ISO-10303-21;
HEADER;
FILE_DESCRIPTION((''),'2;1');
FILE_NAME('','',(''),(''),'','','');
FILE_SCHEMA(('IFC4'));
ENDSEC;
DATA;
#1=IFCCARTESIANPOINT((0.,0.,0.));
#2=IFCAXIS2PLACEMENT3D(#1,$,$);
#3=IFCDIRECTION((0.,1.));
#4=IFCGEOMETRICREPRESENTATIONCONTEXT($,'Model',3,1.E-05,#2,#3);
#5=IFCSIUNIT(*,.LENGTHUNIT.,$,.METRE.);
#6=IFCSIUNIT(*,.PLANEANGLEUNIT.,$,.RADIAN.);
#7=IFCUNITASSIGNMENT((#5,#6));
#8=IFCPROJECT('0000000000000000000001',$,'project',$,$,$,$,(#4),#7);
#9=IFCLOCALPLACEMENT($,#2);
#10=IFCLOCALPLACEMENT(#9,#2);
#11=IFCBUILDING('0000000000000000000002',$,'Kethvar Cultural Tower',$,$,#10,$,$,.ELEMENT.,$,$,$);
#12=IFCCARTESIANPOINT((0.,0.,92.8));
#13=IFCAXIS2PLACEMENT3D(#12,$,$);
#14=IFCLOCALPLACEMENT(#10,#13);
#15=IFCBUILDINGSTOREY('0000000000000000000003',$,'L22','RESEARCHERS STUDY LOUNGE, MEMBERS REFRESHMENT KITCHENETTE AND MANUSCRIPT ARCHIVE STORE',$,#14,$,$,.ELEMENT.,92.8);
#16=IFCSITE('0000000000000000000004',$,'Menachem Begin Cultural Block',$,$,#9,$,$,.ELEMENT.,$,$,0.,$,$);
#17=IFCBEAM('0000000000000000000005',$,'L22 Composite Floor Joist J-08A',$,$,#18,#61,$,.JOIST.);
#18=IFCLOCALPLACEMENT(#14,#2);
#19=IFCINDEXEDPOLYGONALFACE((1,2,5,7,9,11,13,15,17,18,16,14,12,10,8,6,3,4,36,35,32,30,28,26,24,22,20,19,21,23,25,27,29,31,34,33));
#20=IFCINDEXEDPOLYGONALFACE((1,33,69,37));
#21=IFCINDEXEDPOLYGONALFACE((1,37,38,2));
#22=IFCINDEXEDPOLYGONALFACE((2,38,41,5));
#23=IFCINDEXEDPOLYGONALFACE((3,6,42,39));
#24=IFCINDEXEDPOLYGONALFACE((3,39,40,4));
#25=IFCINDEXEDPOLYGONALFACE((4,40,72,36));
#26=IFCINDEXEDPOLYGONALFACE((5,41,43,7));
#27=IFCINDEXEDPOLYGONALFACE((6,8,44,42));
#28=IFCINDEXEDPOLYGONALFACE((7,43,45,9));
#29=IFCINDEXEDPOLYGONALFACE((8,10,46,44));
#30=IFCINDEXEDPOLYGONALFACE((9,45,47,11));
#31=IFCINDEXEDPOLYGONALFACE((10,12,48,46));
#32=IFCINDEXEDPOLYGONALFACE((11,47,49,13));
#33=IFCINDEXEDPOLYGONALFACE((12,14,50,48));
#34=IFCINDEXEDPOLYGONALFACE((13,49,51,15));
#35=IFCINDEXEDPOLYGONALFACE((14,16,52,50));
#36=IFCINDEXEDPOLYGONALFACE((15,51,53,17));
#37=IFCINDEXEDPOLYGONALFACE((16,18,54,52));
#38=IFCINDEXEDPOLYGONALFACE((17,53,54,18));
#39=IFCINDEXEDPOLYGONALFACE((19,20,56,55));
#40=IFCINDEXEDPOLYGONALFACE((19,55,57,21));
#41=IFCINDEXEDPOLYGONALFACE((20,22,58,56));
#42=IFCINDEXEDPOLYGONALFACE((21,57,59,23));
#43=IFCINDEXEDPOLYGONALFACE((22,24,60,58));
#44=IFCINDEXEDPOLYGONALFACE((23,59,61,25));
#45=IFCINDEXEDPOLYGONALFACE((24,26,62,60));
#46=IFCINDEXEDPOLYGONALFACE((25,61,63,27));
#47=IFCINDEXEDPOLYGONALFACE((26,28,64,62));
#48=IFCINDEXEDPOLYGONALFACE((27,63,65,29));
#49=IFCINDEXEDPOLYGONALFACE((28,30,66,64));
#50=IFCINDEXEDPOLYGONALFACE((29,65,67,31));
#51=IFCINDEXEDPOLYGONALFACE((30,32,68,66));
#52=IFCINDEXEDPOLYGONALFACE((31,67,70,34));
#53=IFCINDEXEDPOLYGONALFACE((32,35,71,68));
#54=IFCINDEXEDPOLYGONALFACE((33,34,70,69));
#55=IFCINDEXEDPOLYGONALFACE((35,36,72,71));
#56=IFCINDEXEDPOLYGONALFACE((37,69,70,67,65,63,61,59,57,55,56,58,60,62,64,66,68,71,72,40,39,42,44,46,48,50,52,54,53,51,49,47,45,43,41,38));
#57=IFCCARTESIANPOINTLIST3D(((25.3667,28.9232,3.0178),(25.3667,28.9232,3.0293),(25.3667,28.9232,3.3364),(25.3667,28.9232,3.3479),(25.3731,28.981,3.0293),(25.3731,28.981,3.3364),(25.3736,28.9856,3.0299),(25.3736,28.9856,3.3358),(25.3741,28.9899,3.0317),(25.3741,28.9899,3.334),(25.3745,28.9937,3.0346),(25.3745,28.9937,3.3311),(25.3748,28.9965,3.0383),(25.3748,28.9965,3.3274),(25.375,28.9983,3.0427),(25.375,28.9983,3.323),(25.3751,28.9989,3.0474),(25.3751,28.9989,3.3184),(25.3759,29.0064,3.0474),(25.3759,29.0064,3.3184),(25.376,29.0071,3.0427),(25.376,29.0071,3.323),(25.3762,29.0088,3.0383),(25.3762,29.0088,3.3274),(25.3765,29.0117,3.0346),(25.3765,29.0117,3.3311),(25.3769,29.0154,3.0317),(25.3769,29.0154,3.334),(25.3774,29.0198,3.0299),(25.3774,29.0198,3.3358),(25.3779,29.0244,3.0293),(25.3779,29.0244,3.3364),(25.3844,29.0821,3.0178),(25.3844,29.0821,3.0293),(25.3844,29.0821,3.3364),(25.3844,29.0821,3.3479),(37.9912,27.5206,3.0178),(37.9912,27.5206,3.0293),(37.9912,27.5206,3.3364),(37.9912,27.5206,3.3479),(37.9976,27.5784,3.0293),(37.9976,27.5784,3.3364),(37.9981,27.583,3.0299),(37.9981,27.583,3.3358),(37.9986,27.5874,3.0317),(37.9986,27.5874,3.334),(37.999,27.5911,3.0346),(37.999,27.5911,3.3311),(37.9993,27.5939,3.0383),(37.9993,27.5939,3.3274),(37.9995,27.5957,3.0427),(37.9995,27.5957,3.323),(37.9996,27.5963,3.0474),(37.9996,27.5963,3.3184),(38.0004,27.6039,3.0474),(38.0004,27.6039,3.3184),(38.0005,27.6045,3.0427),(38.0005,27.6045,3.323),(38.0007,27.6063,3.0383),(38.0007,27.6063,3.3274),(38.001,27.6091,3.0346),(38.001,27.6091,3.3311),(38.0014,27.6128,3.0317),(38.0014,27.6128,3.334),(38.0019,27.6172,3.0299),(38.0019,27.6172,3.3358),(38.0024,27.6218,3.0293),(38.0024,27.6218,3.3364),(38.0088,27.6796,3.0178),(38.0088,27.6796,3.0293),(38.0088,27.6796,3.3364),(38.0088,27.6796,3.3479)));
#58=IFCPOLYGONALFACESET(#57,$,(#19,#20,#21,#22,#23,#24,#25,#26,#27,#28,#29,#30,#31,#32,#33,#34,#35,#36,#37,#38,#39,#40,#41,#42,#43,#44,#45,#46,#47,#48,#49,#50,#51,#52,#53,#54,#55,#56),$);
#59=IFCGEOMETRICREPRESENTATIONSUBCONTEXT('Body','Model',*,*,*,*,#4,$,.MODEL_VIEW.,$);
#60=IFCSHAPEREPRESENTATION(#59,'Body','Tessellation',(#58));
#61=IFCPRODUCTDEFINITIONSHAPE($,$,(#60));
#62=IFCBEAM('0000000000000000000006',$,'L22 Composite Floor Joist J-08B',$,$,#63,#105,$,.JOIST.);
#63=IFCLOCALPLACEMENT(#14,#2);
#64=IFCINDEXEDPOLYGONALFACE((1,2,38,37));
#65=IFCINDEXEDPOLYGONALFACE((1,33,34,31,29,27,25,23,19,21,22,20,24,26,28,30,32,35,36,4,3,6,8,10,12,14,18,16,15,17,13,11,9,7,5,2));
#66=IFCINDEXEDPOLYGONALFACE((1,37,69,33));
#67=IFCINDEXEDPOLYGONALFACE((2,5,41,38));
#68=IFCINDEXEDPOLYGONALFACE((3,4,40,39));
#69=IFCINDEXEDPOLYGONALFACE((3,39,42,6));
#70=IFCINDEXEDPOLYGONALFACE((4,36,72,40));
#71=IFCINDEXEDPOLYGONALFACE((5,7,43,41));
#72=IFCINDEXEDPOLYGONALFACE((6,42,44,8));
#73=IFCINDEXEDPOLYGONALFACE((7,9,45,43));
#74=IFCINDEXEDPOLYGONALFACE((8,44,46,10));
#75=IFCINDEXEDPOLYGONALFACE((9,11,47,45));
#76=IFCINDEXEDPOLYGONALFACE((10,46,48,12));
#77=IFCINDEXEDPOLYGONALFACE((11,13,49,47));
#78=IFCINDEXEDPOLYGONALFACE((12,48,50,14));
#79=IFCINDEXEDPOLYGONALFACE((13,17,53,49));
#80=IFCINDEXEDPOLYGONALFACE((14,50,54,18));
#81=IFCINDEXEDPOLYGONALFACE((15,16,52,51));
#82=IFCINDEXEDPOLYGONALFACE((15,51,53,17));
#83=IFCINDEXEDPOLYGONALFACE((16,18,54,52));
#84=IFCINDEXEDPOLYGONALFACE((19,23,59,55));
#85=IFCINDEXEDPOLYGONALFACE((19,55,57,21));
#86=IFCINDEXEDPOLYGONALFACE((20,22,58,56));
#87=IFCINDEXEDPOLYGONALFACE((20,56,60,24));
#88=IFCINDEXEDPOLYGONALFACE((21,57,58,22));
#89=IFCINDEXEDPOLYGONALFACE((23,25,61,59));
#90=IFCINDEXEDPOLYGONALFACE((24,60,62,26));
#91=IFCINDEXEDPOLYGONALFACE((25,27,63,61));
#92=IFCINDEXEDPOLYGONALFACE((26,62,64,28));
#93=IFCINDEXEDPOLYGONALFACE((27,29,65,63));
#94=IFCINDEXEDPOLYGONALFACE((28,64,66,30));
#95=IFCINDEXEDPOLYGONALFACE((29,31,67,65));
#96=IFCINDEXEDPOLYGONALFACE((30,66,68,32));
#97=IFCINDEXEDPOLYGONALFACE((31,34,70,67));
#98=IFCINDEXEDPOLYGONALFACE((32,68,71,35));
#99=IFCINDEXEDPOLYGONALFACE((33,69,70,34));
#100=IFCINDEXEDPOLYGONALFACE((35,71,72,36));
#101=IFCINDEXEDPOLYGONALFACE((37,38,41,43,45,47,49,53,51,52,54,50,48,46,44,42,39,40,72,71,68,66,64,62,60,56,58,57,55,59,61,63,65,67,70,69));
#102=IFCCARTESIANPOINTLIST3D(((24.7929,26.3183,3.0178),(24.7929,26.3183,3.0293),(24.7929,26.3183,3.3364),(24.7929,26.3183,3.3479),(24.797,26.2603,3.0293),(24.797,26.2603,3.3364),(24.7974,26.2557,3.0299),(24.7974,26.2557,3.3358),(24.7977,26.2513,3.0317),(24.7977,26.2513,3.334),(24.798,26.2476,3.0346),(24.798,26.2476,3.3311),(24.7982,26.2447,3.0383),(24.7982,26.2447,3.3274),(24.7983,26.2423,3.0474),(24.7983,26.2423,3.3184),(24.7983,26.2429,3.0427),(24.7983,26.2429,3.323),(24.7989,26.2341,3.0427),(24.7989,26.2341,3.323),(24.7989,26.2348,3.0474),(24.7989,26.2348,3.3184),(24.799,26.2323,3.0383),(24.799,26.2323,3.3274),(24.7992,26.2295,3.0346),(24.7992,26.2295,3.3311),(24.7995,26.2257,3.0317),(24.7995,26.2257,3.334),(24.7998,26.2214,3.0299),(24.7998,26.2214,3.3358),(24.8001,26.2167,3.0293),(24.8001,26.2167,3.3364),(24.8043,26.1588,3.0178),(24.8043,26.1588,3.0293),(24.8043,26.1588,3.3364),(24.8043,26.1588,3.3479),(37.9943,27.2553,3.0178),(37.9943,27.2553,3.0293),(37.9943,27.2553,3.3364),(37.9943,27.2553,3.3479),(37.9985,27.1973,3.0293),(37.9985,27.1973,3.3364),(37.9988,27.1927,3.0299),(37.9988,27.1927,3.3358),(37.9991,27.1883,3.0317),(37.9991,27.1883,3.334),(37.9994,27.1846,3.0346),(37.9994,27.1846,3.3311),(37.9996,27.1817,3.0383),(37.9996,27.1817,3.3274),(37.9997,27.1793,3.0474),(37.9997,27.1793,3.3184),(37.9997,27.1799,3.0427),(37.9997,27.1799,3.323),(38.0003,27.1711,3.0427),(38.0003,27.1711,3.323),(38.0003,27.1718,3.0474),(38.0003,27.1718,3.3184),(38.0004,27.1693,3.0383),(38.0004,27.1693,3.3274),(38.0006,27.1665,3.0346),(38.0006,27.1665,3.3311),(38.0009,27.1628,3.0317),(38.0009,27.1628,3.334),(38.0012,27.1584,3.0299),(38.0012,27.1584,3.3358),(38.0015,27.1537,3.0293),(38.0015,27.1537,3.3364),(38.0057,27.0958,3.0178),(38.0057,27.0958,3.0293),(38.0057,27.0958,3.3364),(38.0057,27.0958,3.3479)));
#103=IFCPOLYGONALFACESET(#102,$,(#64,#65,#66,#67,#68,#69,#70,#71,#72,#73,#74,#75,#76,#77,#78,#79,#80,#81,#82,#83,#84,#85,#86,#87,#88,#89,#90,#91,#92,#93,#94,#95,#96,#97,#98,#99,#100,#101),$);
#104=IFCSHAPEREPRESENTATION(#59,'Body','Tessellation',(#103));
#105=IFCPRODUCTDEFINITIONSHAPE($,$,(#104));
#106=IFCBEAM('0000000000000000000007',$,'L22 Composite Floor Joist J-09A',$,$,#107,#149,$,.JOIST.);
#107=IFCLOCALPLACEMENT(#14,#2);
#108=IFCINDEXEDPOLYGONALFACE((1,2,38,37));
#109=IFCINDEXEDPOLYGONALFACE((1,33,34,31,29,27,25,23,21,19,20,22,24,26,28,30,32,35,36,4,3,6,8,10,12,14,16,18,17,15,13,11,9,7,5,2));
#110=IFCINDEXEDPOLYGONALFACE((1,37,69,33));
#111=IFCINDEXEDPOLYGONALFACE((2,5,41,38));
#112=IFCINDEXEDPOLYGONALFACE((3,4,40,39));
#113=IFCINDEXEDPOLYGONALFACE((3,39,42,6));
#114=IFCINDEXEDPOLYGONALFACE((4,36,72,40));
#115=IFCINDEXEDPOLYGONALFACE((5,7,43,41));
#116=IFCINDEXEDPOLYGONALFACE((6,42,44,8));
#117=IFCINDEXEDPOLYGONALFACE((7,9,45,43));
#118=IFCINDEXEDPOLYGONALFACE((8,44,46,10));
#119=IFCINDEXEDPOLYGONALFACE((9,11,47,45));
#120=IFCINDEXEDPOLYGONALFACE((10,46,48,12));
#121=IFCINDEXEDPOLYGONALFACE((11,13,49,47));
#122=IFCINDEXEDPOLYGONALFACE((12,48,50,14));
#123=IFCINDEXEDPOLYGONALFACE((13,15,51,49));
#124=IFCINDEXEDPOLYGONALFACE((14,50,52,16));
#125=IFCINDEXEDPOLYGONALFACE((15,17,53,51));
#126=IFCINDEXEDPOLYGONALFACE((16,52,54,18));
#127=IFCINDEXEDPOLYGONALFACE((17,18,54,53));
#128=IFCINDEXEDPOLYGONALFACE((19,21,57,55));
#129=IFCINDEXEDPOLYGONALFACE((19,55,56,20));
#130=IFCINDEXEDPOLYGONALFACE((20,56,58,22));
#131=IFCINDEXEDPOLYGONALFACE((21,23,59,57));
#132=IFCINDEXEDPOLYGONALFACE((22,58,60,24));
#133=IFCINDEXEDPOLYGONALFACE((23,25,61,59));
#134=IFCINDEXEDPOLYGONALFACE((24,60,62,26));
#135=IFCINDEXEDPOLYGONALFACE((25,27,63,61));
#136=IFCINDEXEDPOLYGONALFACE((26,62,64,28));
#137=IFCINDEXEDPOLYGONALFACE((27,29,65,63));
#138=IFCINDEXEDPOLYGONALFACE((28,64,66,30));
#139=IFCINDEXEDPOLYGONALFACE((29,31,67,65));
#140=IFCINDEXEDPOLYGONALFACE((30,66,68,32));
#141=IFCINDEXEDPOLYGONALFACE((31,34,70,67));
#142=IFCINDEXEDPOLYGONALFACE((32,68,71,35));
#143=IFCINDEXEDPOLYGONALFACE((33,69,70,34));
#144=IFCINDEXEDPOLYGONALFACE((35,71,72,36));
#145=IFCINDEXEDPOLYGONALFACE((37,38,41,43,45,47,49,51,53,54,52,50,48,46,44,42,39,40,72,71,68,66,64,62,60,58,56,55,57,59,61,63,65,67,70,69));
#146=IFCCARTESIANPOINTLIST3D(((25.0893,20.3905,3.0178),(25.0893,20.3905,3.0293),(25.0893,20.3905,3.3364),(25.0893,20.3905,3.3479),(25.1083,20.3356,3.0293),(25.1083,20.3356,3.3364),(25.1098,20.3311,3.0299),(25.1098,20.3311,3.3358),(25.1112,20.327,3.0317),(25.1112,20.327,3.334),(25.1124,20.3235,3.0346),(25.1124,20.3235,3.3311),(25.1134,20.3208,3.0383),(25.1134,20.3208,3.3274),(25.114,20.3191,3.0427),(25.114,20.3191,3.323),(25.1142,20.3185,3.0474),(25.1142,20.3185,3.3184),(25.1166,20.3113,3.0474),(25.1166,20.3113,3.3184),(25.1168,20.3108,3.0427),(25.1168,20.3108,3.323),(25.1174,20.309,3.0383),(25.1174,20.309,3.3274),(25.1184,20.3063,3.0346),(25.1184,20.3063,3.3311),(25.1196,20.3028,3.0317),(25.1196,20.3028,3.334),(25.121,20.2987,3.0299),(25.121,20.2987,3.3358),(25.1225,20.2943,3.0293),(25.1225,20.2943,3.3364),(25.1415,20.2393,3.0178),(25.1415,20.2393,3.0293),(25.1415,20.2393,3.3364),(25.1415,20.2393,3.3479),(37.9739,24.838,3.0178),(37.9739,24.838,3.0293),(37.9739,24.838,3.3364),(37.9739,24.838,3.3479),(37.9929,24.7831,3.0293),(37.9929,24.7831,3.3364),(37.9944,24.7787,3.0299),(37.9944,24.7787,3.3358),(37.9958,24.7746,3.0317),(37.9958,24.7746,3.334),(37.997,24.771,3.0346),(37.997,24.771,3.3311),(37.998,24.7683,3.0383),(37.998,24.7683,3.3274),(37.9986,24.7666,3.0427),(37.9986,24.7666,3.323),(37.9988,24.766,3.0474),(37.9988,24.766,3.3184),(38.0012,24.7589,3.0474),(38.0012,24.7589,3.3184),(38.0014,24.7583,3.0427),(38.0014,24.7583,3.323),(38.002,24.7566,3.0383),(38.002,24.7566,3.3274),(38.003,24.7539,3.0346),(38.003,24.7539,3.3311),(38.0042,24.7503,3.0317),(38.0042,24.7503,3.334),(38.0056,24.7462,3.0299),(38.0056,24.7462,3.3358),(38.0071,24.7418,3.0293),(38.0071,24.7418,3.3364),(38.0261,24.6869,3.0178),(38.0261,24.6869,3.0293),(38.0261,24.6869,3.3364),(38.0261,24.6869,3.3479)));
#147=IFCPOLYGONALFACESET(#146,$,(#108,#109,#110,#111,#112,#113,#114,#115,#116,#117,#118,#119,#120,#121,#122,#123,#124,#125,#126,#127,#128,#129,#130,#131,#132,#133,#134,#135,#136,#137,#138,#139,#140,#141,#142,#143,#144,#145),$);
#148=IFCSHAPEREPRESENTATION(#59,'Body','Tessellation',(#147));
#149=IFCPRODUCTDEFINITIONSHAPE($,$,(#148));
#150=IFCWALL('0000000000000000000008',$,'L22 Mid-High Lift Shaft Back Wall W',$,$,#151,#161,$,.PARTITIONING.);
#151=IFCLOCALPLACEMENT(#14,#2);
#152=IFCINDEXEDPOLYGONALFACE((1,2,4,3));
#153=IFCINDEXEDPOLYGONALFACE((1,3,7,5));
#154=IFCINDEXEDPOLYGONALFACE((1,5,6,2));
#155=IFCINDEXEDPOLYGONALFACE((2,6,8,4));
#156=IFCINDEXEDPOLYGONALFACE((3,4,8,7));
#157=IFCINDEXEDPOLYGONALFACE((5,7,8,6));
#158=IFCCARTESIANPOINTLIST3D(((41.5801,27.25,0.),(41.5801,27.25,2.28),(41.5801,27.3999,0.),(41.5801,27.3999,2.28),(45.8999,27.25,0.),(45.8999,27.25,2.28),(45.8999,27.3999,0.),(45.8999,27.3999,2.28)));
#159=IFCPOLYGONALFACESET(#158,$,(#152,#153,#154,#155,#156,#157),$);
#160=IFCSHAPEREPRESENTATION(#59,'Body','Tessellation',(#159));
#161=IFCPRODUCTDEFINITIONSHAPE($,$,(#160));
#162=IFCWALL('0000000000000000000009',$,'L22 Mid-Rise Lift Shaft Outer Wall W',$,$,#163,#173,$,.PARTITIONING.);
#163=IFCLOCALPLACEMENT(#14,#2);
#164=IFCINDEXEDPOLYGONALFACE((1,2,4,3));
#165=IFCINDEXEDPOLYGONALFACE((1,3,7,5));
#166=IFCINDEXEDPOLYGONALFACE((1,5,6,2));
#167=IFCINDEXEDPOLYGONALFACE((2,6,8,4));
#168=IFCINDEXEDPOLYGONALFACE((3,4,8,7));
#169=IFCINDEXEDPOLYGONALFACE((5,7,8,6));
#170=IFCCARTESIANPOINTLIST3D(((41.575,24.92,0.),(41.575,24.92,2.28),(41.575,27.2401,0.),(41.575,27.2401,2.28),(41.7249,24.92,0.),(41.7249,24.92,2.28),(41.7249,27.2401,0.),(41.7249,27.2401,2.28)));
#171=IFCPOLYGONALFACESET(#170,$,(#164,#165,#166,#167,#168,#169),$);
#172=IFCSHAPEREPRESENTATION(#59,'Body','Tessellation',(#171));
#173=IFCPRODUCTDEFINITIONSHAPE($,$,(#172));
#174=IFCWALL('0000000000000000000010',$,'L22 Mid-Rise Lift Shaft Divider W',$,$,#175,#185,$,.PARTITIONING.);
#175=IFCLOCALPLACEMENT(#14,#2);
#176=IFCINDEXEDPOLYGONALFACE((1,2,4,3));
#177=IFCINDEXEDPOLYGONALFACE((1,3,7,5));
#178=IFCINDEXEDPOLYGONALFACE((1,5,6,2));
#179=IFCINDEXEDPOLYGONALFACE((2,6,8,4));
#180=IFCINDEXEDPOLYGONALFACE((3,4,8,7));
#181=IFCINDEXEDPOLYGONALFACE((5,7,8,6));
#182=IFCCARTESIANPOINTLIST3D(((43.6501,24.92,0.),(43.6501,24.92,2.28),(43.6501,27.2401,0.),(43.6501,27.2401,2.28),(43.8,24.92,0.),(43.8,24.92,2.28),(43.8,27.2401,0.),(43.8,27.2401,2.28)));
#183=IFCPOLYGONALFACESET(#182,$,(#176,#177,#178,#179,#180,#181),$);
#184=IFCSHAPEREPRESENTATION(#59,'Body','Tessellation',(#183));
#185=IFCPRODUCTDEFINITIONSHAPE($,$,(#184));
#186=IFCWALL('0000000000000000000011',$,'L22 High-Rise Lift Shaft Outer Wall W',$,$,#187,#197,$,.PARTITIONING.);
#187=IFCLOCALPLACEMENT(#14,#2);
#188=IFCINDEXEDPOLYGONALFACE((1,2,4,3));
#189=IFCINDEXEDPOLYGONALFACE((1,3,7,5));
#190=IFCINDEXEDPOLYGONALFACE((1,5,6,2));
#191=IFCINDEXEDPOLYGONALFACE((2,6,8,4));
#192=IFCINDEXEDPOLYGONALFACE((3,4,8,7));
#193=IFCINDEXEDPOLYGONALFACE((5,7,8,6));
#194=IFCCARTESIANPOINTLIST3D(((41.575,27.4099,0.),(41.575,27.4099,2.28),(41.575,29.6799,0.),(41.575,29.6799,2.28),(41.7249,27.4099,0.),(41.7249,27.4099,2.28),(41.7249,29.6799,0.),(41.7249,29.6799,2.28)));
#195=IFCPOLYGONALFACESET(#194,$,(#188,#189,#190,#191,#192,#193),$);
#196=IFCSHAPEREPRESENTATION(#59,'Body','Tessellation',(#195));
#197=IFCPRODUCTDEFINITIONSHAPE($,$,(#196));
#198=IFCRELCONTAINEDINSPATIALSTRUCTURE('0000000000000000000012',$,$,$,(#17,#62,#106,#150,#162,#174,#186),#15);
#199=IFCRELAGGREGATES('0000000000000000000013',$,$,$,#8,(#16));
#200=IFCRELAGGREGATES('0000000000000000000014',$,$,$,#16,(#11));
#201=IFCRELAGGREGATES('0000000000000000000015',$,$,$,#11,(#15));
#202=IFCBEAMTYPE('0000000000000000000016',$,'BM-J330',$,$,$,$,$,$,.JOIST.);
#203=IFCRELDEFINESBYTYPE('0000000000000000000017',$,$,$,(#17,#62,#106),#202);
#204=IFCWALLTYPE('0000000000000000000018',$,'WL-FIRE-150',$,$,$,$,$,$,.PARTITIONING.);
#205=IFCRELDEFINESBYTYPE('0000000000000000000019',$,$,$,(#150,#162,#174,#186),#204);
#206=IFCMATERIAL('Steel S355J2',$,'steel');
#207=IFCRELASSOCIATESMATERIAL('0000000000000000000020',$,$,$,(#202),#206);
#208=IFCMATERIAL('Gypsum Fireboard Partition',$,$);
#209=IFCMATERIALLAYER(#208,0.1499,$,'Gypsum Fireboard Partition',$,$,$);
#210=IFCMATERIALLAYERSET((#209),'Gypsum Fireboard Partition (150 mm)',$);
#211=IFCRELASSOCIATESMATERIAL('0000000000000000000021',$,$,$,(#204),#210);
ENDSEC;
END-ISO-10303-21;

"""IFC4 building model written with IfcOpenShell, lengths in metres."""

from ifc_helpers import new_model, si_unit, direction, frame, frame_2d, origin, origin_2d, place, context, subcontext, project, spatial, rectangle, i_section, extrude, source, transform, mapped, material, layer, layer_set, material_profile, profile_set, type_object, element, save


model = new_model("IFC4")

# Units and contexts
model_context = context("Model", 3, precision=1e-05, world=origin(), true_north=direction((0.0, 1.0)))
body_context = subcontext(model_context, "Body", "Model", "MODEL_VIEW")
ifc_project = project(units=[si_unit("LENGTHUNIT", "METRE"), si_unit("PLANEANGLEUNIT", "RADIAN")], contexts=[model_context])

# Site, building, storey
site_placement = place(None, origin())
site = spatial("IfcSite", under=ifc_project, at=site_placement, Name="Menachem Begin Cultural Block", CompositionType="ELEMENT", RefElevation=0.0)
building_placement = place(site_placement, origin())
building = spatial("IfcBuilding", under=site, at=building_placement, Name="Kethvar Cultural Tower", CompositionType="ELEMENT")
storey_placement = place(building_placement, frame((0.0, 0.0, 92.8)))
storey = spatial("IfcBuildingStorey", under=building, at=storey_placement, Name="L22", Description="RESEARCHERS STUDY LOUNGE, MEMBERS REFRESHMENT KITCHENETTE AND MANUSCRIPT ARCHIVE STORE", CompositionType="ELEMENT", Elevation=92.8)

# Beams
ifc_material_1 = material(Name="Steel S355J2", Category="steel")
ifc_material_profile_1 = material_profile(ifc_material_1, i_section(OverallWidth=0.1599, OverallDepth=0.3301, WebThickness=0.0076, FlangeThickness=0.0115, FilletRadius=0.0181, at=origin_2d()), Name="Steel S355J2 — IPE330")
ifc_profile_set_1 = profile_set([ifc_material_profile_1], Name="Steel S355J2 — IPE330")
beam_type_1 = type_object("IfcBeamType", Name="BM-J330", PredefinedType="JOIST", material=ifc_profile_set_1)
shared_shape_1 = source(origin(), body_context, "Body", "SweptSolid", [
    extrude(i_section(OverallWidth=0.1599, OverallDepth=0.3301, WebThickness=0.0076, FlangeThickness=0.0115, FilletRadius=0.0181, at=origin_2d()), origin(), (0.0, 0.0, 1.0), 12.7021),
])
beam_1_placement = place(storey_placement, frame((38.0, 27.6001, 3.1829), z_axis=(-0.993885, 0.110421, 0.0), x_axis=(-0.110421, -0.993885, 0.0)))
element("IfcBeam", 1, at=beam_1_placement, inside=storey, type_object=beam_type_1, Name="L22 Composite Floor Joist J-08A", PredefinedType="JOIST", context=body_context, shape_type="MappedRepresentation", body=[
    mapped(shared_shape_1, transform((0.0, 0.0, 0.0), scale=1.0)),
])
shared_shape_2 = source(origin(), body_context, "Body", "SweptSolid", [
    extrude(i_section(OverallWidth=0.1599, OverallDepth=0.3301, WebThickness=0.0076, FlangeThickness=0.0115, FilletRadius=0.0181, at=origin_2d()), origin(), (0.0, 0.0, 1.0), 13.2346),
])
beam_2_placement = place(storey_placement, frame((38.0, 27.1755, 3.1829), z_axis=(-0.997491, -0.0708, 0.0), x_axis=(0.0708, -0.997491, 0.0)))
element("IfcBeam", 2, at=beam_2_placement, inside=storey, type_object=beam_type_1, Name="L22 Composite Floor Joist J-08B", PredefinedType="JOIST", context=body_context, shape_type="MappedRepresentation", body=[
    mapped(shared_shape_2, transform((0.0, 0.0, 0.0), scale=1.0)),
])
shared_shape_3 = source(origin(), body_context, "Body", "SweptSolid", [
    extrude(i_section(OverallWidth=0.1599, OverallDepth=0.3301, WebThickness=0.0076, FlangeThickness=0.0115, FilletRadius=0.0181, at=origin_2d()), origin(), (0.0, 0.0, 1.0), 13.6306),
])
beam_3_placement = place(storey_placement, frame((38.0, 24.7625, 3.1829), z_axis=(-0.94527, -0.32629, 0.0), x_axis=(0.32629, -0.94527, 0.0)))
element("IfcBeam", 3, at=beam_3_placement, inside=storey, type_object=beam_type_1, Name="L22 Composite Floor Joist J-09A", PredefinedType="JOIST", context=body_context, shape_type="MappedRepresentation", body=[
    mapped(shared_shape_3, transform((0.0, 0.0, 0.0), scale=1.0)),
])

# Walls
ifc_material_2 = material(Name="Gypsum Fireboard Partition")
ifc_layer_1 = layer(ifc_material_2, 0.1499, Name="Gypsum Fireboard Partition")
ifc_layer_set_1 = layer_set([ifc_layer_1], Name="Gypsum Fireboard Partition (150 mm)")
wall_type_1 = type_object("IfcWallType", Name="WL-FIRE-150", PredefinedType="PARTITIONING", material=ifc_layer_set_1)
wall_1_placement = place(storey_placement, frame((41.5801, 27.325, 0.0), z_axis=(0.0, 0.0, 1.0), x_axis=(1.0, 0.0, 0.0)))
element("IfcWall", 4, at=wall_1_placement, inside=storey, type_object=wall_type_1, Name="L22 Mid-High Lift Shaft Back Wall W", PredefinedType="PARTITIONING", context=body_context, shape_type="SweptSolid", body=[
    extrude(rectangle(XDim=4.3198, YDim=0.1499, at=frame_2d((2.1599, 0.0))), origin(), (0.0, 0.0, 1.0), 2.28),
])
for number, where, z_axis, x_axis, name in (
    (5, (41.6499, 24.9199, 0.0), (0.0, 0.0, 1.0), (0.0, 1.0, 0.0), "L22 Mid-Rise Lift Shaft Outer Wall W"),
    (6, (43.7251, 24.9199, 0.0), (0.0, 0.0, 1.0), (0.0, 1.0, 0.0), "L22 Mid-Rise Lift Shaft Divider W"),
):
    element("IfcWall", number, at=place(storey_placement, frame(where, z_axis=z_axis, x_axis=x_axis)), inside=storey, type_object=wall_type_1, Name=name, PredefinedType="PARTITIONING", context=body_context, shape_type="SweptSolid", body=[
        extrude(rectangle(XDim=2.3201, YDim=0.1499, at=frame_2d((1.1602, 0.0))), origin(), (0.0, 0.0, 1.0), 2.28),
    ])
for number, where, z_axis, x_axis, name in (
    (7, (41.6499, 27.4099, 0.0), (0.0, 0.0, 1.0), (0.0, 1.0, 0.0), "L22 High-Rise Lift Shaft Outer Wall W"),
):
    element("IfcWall", number, at=place(storey_placement, frame(where, z_axis=z_axis, x_axis=x_axis)), inside=storey, type_object=wall_type_1, Name=name, PredefinedType="PARTITIONING", context=body_context, shape_type="SweptSolid", body=[
        extrude(rectangle(XDim=2.27, YDim=0.1499, at=frame_2d((1.135, 0.0))), origin(), (0.0, 0.0, 1.0), 2.28),
    ])

save(model, "model.ifc")
